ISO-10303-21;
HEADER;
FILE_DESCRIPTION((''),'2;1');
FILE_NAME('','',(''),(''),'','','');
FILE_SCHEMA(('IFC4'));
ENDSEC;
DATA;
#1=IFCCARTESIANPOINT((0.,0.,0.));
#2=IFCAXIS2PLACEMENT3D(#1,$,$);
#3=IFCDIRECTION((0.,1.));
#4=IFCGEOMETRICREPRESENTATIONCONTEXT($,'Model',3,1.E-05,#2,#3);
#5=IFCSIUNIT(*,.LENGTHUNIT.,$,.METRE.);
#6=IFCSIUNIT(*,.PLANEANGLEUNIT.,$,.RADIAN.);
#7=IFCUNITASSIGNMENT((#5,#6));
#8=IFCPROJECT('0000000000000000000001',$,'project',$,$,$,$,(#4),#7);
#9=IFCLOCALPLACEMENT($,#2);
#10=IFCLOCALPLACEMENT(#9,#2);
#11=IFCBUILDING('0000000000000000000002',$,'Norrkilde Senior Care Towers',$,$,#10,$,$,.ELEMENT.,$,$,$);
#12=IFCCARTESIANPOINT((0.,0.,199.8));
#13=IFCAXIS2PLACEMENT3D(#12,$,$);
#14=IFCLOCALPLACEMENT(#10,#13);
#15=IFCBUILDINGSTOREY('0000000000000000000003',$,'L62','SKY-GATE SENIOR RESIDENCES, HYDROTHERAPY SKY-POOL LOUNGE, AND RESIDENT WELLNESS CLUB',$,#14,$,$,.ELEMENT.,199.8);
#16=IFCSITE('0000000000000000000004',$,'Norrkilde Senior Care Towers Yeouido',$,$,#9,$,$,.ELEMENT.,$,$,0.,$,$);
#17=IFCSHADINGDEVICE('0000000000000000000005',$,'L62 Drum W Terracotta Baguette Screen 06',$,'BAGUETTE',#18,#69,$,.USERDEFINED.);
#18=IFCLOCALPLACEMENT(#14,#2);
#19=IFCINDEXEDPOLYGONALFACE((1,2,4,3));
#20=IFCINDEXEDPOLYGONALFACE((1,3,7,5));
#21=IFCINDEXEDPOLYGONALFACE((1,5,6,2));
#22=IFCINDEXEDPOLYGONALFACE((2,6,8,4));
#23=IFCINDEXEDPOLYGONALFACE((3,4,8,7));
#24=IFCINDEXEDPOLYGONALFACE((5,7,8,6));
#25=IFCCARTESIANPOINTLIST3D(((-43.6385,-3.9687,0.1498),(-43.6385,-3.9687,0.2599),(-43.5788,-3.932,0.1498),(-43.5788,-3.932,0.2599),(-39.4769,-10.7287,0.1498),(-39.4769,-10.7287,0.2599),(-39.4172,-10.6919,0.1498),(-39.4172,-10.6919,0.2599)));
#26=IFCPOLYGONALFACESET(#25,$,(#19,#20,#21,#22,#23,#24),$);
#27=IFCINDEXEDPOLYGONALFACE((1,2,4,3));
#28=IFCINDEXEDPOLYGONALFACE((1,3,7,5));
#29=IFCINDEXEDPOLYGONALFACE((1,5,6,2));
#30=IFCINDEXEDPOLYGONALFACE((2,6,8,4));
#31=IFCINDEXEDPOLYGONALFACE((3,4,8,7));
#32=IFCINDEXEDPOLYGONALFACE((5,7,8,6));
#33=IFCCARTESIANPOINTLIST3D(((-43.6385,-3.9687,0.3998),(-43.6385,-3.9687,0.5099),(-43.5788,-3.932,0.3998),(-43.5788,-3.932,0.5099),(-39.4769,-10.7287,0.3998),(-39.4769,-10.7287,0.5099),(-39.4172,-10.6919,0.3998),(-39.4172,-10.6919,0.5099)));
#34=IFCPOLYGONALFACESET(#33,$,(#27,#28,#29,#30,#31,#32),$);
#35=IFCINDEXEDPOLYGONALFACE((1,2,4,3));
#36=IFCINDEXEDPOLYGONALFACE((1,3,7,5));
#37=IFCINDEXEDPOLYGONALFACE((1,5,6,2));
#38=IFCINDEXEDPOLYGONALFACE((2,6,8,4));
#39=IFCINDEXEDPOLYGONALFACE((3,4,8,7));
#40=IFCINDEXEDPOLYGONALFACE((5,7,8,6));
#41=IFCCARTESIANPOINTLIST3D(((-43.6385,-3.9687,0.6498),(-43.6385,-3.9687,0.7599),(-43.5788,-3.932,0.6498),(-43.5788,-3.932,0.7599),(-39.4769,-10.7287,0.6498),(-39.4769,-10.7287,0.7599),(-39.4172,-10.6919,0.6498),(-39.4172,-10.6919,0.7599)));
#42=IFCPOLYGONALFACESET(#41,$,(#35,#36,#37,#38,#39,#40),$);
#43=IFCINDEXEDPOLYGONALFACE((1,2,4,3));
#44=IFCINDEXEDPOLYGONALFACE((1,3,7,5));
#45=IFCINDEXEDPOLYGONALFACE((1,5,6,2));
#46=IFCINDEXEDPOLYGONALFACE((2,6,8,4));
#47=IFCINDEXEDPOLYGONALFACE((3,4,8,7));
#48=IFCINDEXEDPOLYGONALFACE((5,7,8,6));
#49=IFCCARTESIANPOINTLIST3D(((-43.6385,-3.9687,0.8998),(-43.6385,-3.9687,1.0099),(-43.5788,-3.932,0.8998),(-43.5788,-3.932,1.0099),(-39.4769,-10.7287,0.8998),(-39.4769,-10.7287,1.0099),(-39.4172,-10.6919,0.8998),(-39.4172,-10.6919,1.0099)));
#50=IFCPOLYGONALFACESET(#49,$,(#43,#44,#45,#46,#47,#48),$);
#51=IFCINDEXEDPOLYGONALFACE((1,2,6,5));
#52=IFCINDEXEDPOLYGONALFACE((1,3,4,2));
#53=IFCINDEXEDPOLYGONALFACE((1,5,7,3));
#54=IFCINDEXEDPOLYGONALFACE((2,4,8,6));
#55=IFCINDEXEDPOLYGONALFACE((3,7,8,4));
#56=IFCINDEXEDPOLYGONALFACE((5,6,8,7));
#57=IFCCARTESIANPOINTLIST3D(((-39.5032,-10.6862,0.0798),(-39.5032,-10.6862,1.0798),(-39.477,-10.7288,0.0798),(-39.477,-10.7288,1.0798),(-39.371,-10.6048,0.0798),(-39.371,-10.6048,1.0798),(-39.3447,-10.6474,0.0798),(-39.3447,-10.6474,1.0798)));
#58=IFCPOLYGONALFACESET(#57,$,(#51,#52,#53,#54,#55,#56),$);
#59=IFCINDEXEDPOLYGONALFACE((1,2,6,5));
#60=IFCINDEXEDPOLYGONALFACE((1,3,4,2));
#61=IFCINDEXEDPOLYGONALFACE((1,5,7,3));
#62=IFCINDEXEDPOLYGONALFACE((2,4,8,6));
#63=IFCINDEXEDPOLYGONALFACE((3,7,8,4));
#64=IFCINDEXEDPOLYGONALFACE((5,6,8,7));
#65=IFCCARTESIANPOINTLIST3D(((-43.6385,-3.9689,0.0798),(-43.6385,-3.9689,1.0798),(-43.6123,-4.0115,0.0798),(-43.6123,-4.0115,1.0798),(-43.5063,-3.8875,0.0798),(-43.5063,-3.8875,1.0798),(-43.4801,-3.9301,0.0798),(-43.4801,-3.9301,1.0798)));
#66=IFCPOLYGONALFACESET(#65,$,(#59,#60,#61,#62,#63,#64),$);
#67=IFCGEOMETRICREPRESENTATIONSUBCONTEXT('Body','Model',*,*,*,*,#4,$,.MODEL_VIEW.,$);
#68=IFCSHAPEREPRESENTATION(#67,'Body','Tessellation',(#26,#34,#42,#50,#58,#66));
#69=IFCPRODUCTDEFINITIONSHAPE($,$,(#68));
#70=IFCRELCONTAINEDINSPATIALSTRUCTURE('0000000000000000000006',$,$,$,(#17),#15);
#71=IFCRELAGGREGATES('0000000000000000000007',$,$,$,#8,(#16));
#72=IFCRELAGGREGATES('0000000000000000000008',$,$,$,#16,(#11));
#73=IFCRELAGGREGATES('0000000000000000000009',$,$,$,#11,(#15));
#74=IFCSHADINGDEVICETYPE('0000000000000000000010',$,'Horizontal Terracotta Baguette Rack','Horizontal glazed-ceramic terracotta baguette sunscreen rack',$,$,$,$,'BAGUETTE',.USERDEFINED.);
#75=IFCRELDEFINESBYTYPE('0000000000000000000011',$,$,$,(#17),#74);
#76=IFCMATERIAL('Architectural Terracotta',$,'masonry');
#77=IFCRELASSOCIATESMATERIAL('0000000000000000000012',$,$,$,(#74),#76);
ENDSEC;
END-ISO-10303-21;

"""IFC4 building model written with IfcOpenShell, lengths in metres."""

from ifc_helpers import new_model, si_unit, direction, frame, origin, origin_2d, place, context, subcontext, project, spatial, rectangle, extrude, source, transform, mapped, material, type_object, type_shapes, element, save


model = new_model("IFC4")

# Units and contexts
model_context = context("Model", 3, precision=1e-05, world=origin(), true_north=direction((0.0, 1.0)))
body_context = subcontext(model_context, "Body", "Model", "MODEL_VIEW")
ifc_project = project(units=[si_unit("LENGTHUNIT", "METRE"), si_unit("PLANEANGLEUNIT", "RADIAN")], contexts=[model_context])

# Site, building, storey
site_placement = place(None, origin())
site = spatial("IfcSite", under=ifc_project, at=site_placement, Name="Norrkilde Senior Care Towers Yeouido", CompositionType="ELEMENT", RefElevation=0.0)
building_placement = place(site_placement, origin())
building = spatial("IfcBuilding", under=site, at=building_placement, Name="Norrkilde Senior Care Towers", CompositionType="ELEMENT")
storey_placement = place(building_placement, frame((0.0, 0.0, 199.8)))
storey = spatial("IfcBuildingStorey", under=building, at=storey_placement, Name="L62", Description="SKY-GATE SENIOR RESIDENCES, HYDROTHERAPY SKY-POOL LOUNGE, AND RESIDENT WELLNESS CLUB", CompositionType="ELEMENT", Elevation=199.8)

# Shading device
ifc_material_1 = material(Name="Architectural Terracotta", Category="masonry")
shading_device_type = type_object("IfcShadingDeviceType", Name="Horizontal Terracotta Baguette Rack", Description="Horizontal glazed-ceramic terracotta baguette sunscreen rack", ElementType="BAGUETTE", PredefinedType="USERDEFINED", material=ifc_material_1)
shared_shape_1 = source(origin(), body_context, "Body", "SweptSolid", [
    extrude(rectangle(XDim=0.0701, YDim=0.1101, at=origin_2d()), frame((0.0, 0.0901, 0.125), z_axis=(1.0, 0.0, 0.0), x_axis=(0.0, 1.0, 0.0)), (0.0, 0.0, 1.0), 7.9382),
    extrude(rectangle(XDim=0.0701, YDim=0.1101, at=origin_2d()), frame((0.0, 0.0901, 0.375), z_axis=(1.0, 0.0, 0.0), x_axis=(0.0, 1.0, 0.0)), (0.0, 0.0, 1.0), 7.9382),
    extrude(rectangle(XDim=0.0701, YDim=0.1101, at=origin_2d()), frame((0.0, 0.0901, 0.625), z_axis=(1.0, 0.0, 0.0), x_axis=(0.0, 1.0, 0.0)), (0.0, 0.0, 1.0), 7.9382),
    extrude(rectangle(XDim=0.0701, YDim=0.1101, at=origin_2d()), frame((0.0, 0.0901, 0.875), z_axis=(1.0, 0.0, 0.0), x_axis=(0.0, 1.0, 0.0)), (0.0, 0.0, 1.0), 7.9382),
    extrude(rectangle(XDim=0.05, YDim=0.1553, at=origin_2d()), frame((0.0249, 0.0476, 0.0)), (0.0, 0.0, 1.0), 1.0),
    extrude(rectangle(XDim=0.05, YDim=0.1553, at=origin_2d()), frame((7.9131, 0.0476, 0.0)), (0.0, 0.0, 1.0), 1.0),
])
type_shapes(shading_device_type, [shared_shape_1])
shading_device_placement = place(storey_placement, frame((-39.3704, -10.6631, 0.0798), z_axis=(0.0, 0.0, 1.0), x_axis=(-0.52425, 0.851576, 0.0)))
element("IfcShadingDevice", 1, at=shading_device_placement, inside=storey, type_object=shading_device_type, Name="L62 Drum W Terracotta Baguette Screen 06", ObjectType="BAGUETTE", PredefinedType="USERDEFINED", context=body_context, shape_type="MappedRepresentation", body=[
    mapped(shared_shape_1, transform((0.0, 0.0, 0.0), x_axis=(1.0, 0.0, 0.0), y_axis=(0.0, 1.0, 0.0), z_axis=(0.0, 0.0, 1.0), scale=1.0)),
])

save(model, "model.ifc")
